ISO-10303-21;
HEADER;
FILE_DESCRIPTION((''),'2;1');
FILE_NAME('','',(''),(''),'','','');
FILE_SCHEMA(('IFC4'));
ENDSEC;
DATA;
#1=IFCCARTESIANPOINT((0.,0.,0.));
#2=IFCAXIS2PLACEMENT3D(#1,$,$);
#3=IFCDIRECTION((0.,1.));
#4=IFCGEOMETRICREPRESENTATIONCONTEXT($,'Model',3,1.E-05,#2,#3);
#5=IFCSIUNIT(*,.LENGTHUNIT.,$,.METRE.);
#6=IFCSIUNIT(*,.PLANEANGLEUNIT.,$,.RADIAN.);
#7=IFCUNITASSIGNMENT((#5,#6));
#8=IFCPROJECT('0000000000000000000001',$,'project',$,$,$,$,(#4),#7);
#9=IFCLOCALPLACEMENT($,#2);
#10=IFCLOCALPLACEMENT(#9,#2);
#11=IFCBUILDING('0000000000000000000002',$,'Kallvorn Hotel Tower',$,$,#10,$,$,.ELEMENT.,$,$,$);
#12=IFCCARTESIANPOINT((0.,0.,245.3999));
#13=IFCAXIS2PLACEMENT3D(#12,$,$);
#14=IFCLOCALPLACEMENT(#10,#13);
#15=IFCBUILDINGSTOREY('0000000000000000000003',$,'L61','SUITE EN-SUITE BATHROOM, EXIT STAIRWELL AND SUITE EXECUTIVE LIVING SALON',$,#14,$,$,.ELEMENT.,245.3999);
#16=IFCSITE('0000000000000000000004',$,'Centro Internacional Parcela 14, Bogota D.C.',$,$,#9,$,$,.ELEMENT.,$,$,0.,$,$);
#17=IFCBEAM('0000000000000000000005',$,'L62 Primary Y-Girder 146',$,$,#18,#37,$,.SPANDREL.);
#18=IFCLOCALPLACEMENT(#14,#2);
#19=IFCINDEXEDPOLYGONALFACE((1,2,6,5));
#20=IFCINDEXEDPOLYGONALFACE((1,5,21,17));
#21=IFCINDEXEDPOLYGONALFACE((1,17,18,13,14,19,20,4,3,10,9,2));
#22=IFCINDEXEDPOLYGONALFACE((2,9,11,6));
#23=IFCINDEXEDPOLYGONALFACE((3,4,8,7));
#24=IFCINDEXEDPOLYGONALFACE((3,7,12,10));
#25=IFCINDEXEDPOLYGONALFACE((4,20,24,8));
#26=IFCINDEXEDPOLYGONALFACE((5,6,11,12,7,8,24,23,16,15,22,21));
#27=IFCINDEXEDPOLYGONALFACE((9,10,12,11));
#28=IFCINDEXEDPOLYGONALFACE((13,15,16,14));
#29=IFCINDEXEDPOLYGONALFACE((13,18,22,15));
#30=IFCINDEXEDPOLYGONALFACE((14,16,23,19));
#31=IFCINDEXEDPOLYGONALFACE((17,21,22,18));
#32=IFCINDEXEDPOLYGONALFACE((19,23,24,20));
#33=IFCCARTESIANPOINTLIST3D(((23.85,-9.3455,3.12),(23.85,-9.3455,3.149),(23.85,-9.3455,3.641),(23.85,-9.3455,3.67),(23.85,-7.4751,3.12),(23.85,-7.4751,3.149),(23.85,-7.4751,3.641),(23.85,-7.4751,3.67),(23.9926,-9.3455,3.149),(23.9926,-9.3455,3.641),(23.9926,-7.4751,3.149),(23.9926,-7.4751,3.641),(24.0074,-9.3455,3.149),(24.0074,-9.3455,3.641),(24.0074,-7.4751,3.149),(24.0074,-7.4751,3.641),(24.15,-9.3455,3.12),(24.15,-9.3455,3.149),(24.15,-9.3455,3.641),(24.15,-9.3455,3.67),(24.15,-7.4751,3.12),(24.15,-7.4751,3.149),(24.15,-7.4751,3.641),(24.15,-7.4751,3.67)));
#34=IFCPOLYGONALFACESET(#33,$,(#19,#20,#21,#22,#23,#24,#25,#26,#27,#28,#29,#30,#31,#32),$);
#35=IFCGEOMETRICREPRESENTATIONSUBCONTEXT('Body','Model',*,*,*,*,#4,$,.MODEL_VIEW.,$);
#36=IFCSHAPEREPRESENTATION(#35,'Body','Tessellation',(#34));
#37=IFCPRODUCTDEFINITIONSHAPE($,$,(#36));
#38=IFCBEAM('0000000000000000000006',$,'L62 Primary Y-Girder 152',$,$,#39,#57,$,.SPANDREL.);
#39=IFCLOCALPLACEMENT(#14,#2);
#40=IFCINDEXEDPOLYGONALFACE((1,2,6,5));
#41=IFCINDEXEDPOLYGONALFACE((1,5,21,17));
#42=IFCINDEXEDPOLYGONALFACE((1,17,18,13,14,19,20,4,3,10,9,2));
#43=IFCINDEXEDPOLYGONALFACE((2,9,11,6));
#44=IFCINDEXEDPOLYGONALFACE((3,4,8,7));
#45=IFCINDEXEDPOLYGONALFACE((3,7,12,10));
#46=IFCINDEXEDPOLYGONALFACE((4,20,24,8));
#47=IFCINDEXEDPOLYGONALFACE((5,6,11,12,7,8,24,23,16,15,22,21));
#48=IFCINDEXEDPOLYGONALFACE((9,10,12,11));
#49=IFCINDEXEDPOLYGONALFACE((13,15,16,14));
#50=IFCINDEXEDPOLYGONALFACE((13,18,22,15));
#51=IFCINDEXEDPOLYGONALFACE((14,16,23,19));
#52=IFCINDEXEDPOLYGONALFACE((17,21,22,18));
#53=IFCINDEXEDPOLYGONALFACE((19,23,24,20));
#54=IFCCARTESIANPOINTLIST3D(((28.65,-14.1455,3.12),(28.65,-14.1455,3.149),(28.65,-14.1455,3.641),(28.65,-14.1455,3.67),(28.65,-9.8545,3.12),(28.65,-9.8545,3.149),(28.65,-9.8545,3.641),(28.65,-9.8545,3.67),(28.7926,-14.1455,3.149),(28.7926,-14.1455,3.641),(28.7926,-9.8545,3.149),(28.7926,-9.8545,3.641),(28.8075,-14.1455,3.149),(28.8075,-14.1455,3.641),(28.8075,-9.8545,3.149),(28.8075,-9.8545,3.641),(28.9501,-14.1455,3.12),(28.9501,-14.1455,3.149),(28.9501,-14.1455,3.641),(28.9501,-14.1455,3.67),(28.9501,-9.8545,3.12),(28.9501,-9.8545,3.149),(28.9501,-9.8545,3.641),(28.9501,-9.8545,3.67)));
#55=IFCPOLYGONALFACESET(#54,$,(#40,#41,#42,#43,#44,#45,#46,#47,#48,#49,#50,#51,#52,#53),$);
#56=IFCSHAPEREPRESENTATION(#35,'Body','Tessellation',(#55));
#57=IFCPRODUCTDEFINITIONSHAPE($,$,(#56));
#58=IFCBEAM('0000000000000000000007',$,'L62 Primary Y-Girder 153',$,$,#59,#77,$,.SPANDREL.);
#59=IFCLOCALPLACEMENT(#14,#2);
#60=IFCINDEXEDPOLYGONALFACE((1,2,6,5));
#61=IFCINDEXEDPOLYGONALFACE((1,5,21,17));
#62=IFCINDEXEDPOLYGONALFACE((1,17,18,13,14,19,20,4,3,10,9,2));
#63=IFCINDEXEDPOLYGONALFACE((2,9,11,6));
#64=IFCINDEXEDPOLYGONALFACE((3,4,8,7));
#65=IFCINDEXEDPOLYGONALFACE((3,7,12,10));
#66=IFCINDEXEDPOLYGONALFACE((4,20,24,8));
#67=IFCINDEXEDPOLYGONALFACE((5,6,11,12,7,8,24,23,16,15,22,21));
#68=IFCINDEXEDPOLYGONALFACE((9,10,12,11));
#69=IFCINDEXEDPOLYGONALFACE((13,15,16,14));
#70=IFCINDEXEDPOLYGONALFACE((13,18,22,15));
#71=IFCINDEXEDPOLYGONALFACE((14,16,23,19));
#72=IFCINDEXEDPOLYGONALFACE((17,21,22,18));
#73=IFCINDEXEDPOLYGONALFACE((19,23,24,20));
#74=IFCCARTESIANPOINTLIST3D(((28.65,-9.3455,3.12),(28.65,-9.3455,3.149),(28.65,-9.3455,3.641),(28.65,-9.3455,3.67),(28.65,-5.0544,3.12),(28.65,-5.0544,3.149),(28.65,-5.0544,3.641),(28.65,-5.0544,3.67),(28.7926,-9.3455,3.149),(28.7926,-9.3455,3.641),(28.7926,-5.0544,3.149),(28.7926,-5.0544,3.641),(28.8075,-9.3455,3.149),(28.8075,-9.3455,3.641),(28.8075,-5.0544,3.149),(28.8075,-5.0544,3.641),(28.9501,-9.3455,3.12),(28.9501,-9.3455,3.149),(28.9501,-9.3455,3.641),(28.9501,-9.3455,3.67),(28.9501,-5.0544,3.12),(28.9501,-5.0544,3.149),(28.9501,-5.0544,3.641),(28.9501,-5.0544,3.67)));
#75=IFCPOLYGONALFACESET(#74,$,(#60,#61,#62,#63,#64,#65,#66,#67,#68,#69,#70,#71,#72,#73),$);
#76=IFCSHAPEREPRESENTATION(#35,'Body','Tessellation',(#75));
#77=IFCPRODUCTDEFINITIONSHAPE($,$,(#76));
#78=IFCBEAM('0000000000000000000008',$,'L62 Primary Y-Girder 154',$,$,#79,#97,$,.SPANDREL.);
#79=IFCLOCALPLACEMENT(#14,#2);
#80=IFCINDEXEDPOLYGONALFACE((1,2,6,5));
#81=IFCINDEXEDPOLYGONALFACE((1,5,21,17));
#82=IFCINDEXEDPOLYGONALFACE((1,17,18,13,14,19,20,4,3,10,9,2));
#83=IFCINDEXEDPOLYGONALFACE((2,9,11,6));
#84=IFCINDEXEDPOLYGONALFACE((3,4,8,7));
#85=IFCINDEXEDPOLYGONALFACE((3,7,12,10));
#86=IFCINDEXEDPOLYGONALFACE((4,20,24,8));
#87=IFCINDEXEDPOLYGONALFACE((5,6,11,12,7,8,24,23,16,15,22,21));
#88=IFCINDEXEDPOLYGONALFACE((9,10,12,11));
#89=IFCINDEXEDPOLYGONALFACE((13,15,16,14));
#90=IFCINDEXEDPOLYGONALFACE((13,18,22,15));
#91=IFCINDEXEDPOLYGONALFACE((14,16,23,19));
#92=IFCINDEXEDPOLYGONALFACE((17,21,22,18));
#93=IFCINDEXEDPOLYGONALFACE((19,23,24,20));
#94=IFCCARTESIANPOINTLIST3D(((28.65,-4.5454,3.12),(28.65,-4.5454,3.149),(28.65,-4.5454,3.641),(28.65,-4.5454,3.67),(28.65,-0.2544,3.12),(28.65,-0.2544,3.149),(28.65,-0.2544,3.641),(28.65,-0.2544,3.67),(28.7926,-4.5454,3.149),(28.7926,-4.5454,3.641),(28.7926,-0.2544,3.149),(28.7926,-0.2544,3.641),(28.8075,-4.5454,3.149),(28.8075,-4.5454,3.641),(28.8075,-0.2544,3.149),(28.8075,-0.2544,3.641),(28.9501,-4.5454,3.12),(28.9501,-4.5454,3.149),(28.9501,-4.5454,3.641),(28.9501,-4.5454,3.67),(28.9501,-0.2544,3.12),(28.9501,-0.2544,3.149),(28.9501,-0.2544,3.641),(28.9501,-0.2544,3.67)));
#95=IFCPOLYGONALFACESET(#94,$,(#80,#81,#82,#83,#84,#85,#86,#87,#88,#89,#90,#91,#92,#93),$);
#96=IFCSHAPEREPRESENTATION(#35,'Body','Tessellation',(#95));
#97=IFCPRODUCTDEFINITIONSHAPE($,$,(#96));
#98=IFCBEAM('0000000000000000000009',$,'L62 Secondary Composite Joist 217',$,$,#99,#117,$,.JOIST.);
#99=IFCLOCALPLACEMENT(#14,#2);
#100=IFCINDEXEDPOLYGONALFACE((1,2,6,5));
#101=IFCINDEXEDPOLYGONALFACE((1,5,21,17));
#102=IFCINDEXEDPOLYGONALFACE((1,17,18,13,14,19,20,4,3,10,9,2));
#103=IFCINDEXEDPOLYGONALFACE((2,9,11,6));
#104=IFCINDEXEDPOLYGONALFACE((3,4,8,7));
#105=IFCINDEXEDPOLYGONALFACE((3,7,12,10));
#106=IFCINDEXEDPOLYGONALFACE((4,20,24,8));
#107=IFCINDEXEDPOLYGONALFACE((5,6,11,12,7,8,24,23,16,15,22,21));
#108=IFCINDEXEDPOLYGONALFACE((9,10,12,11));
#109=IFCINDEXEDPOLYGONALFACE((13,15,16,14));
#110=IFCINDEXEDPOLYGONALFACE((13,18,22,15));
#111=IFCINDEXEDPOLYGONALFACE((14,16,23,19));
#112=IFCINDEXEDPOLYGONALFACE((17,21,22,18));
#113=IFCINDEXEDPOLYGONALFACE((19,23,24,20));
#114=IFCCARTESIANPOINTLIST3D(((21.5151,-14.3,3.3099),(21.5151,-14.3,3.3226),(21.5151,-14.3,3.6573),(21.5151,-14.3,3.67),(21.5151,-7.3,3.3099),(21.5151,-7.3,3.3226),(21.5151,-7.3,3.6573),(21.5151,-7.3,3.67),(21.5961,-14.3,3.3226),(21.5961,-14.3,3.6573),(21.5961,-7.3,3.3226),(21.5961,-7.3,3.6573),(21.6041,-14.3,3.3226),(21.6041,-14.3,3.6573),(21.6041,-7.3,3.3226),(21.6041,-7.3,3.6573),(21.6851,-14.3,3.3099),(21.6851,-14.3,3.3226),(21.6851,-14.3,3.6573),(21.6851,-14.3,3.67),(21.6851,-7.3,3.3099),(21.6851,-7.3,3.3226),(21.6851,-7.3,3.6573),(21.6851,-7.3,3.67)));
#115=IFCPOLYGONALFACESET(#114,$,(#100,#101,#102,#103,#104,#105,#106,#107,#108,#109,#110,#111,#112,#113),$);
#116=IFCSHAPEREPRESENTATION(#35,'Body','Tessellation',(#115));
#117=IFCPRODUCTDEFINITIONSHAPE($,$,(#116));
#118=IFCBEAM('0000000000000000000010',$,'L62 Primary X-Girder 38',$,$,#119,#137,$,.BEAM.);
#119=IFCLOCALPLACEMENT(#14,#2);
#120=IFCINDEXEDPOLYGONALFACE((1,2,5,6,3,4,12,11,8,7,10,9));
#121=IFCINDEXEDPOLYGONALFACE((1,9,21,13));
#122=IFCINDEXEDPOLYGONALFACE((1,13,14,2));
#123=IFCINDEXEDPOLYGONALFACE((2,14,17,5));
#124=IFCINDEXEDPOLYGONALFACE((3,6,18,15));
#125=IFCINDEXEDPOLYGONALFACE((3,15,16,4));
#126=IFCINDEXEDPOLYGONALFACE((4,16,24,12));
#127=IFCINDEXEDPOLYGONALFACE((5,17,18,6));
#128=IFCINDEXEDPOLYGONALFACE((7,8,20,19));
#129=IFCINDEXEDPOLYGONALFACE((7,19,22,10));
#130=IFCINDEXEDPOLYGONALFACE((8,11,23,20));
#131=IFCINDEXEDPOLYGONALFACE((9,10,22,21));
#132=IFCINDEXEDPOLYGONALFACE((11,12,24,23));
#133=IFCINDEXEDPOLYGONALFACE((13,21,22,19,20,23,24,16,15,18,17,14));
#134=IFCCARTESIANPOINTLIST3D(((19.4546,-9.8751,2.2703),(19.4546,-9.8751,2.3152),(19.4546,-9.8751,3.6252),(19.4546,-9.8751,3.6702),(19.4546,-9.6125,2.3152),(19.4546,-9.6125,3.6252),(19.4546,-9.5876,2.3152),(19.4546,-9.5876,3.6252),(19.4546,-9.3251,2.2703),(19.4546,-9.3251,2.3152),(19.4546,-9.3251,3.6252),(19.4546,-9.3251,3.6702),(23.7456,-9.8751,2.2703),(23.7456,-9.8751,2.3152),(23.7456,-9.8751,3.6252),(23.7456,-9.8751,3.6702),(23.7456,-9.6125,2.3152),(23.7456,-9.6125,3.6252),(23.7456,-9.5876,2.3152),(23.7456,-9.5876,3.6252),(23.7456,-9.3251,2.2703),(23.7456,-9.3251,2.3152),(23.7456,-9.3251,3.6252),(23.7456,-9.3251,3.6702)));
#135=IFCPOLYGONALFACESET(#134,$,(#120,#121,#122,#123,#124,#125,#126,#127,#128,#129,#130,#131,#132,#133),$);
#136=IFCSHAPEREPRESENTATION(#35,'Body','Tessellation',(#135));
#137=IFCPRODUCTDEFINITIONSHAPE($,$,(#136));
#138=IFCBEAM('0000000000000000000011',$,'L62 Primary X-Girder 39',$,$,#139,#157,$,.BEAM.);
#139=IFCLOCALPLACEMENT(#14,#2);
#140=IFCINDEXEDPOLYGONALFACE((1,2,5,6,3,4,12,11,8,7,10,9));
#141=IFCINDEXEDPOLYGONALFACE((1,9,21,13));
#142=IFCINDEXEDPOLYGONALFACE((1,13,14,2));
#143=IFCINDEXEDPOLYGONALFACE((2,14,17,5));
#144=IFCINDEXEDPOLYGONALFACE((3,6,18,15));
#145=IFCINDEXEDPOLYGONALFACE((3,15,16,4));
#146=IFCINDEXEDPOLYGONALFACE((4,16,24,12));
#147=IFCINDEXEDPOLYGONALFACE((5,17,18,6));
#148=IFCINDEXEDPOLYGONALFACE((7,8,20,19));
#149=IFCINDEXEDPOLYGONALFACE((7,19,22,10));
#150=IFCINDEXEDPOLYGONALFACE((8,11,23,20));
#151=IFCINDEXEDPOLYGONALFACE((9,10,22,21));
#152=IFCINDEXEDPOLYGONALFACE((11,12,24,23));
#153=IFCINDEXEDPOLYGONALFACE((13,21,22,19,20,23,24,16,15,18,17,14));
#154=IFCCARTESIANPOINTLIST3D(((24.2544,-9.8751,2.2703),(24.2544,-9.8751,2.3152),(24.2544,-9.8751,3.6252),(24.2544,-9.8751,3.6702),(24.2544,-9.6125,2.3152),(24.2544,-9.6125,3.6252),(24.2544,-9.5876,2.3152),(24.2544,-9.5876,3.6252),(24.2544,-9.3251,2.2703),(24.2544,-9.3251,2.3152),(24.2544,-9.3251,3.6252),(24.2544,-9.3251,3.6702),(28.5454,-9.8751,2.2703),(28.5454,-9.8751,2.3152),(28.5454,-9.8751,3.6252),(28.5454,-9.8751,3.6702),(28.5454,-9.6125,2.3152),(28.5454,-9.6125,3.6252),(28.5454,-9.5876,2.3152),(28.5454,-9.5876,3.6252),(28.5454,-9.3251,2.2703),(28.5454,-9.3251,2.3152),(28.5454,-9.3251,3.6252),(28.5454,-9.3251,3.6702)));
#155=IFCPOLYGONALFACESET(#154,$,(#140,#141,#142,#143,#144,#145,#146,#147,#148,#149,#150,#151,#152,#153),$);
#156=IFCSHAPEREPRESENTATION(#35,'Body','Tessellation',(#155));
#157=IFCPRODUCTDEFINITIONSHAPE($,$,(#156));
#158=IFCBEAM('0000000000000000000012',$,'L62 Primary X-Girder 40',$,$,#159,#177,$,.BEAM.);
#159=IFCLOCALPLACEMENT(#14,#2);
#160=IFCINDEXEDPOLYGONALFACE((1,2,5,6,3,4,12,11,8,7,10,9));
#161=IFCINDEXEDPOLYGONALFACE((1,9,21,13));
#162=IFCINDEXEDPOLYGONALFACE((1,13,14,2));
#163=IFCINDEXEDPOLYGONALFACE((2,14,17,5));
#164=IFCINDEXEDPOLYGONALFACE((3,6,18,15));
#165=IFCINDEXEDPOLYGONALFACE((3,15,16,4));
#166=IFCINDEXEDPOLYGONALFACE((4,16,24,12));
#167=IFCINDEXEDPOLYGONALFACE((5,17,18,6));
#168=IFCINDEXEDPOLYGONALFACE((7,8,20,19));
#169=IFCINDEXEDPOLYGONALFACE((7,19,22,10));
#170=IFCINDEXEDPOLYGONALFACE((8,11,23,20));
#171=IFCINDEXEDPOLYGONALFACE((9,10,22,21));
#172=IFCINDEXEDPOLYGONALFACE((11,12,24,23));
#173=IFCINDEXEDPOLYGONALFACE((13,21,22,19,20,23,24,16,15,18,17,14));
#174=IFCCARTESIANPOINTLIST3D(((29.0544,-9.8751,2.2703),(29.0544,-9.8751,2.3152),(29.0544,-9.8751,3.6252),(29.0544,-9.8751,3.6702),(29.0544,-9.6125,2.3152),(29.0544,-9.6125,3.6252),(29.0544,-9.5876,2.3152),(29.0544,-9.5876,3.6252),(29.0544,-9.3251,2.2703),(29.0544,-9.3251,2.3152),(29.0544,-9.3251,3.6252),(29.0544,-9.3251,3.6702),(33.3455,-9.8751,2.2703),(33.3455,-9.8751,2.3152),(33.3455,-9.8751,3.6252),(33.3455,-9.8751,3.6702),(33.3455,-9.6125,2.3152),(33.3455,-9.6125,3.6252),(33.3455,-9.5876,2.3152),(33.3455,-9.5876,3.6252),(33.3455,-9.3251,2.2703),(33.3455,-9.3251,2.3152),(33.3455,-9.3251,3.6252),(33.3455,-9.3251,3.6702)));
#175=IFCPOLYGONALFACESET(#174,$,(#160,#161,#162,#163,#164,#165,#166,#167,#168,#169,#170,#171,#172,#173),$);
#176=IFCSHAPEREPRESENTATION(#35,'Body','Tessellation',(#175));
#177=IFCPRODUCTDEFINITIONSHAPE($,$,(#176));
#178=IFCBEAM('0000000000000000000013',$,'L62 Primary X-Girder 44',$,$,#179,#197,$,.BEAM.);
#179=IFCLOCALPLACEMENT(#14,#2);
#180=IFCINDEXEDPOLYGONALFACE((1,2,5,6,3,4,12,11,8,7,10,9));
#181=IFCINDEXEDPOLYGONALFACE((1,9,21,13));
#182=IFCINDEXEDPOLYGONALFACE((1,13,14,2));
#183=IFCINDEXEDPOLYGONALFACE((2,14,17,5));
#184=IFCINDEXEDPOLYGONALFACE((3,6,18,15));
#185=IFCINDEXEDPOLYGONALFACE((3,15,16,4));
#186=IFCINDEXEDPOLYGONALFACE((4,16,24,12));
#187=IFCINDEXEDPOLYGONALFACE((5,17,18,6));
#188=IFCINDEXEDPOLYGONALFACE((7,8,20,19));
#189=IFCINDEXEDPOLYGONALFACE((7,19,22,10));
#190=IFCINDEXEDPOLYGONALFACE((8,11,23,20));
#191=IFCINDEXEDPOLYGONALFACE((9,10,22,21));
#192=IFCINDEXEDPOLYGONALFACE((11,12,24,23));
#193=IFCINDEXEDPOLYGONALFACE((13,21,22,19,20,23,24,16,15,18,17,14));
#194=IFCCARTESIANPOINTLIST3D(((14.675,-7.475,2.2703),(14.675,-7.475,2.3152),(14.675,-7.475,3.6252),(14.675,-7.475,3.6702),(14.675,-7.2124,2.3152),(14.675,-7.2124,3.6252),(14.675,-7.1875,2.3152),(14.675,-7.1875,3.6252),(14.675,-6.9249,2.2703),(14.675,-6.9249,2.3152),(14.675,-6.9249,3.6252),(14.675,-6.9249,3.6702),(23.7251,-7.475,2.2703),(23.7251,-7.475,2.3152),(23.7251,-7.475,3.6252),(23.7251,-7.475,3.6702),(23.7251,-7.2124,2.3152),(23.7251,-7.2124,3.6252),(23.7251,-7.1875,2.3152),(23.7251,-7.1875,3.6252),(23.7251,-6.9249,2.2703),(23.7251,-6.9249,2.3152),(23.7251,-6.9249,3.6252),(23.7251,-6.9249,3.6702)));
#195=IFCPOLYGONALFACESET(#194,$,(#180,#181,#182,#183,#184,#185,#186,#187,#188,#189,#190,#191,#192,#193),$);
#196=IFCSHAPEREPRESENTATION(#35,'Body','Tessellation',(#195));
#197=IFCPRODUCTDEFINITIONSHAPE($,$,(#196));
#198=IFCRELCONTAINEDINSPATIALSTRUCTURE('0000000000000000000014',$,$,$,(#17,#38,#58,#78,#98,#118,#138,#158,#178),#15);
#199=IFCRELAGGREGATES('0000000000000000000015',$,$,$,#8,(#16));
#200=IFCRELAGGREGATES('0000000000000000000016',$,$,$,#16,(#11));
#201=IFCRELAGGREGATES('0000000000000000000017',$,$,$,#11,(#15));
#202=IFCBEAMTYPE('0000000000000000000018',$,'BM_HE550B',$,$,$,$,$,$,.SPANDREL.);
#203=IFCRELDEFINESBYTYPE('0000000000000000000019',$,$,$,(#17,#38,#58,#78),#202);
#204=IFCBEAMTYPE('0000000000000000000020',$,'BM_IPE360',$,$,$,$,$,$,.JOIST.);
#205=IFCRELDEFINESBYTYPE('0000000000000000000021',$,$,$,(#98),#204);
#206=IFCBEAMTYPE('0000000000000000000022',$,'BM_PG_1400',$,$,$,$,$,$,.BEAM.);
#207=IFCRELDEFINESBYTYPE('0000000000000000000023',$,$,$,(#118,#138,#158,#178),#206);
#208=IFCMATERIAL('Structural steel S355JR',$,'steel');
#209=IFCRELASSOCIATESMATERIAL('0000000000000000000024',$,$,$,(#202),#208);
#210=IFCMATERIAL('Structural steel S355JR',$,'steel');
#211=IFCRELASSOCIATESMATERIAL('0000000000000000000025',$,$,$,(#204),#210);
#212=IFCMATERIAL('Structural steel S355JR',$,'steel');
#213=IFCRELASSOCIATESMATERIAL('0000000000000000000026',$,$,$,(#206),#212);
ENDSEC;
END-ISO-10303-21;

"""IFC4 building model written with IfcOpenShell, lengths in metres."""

from ifc_helpers import new_model, si_unit, direction, frame, origin, origin_2d, place, context, subcontext, project, spatial, i_section, extrude, material, material_profile, profile_set, type_object, element, save


model = new_model("IFC4")

# Units and contexts
model_context = context("Model", 3, precision=1e-05, world=origin(), true_north=direction((0.0, 1.0)))
body_context = subcontext(model_context, "Body", "Model", "MODEL_VIEW")
ifc_project = project(units=[si_unit("LENGTHUNIT", "METRE"), si_unit("PLANEANGLEUNIT", "RADIAN")], contexts=[model_context])

# Site, building, storey
site_placement = place(None, origin())
site = spatial("IfcSite", under=ifc_project, at=site_placement, Name="Centro Internacional Parcela 14, Bogota D.C.", CompositionType="ELEMENT", RefElevation=0.0)
building_placement = place(site_placement, origin())
building = spatial("IfcBuilding", under=site, at=building_placement, Name="Kallvorn Hotel Tower", CompositionType="ELEMENT")
storey_placement = place(building_placement, frame((0.0, 0.0, 245.3999)))
storey = spatial("IfcBuildingStorey", under=building, at=storey_placement, Name="L61", Description="SUITE EN-SUITE BATHROOM, EXIT STAIRWELL AND SUITE EXECUTIVE LIVING SALON", CompositionType="ELEMENT", Elevation=245.3999)

# Beams
ifc_material_1 = material(Name="Structural steel S355JR", Category="steel")
ifc_material_profile_1 = material_profile(ifc_material_1, i_section(OverallWidth=0.3, OverallDepth=0.55, WebThickness=0.0149, FlangeThickness=0.0291, at=origin_2d()), Name="HE 550 B")
ifc_profile_set_1 = profile_set([ifc_material_profile_1], Name="Structural steel S355JR")
beam_type_1 = type_object("IfcBeamType", Name="BM_HE550B", PredefinedType="SPANDREL", material=ifc_profile_set_1)
beam_1_placement = place(storey_placement, frame((24.0, -9.3455, 3.395), z_axis=(0.0, 1.0, 0.0), x_axis=(-1.0, 0.0, 0.0)))
element("IfcBeam", 1, at=beam_1_placement, inside=storey, type_object=beam_type_1, Name="L62 Primary Y-Girder 146", PredefinedType="SPANDREL", context=body_context, shape_type="SweptSolid", body=[
    extrude(i_section(OverallWidth=0.3, OverallDepth=0.55, WebThickness=0.0149, FlangeThickness=0.0291, at=origin_2d()), origin(), (0.0, 0.0, 1.0), 1.8704),
])
for number, where, z_axis, x_axis, name in (
    (2, (28.8, -14.1455, 3.395), (0.0, 1.0, 0.0), (-1.0, 0.0, 0.0), "L62 Primary Y-Girder 152"),
    (3, (28.8, -9.3455, 3.395), (0.0, 1.0, 0.0), (-1.0, 0.0, 0.0), "L62 Primary Y-Girder 153"),
    (4, (28.8, -4.5454, 3.395), (0.0, 1.0, 0.0), (-1.0, 0.0, 0.0), "L62 Primary Y-Girder 154"),
):
    element("IfcBeam", number, at=place(storey_placement, frame(where, z_axis=z_axis, x_axis=x_axis)), inside=storey, type_object=beam_type_1, Name=name, PredefinedType="SPANDREL", context=body_context, shape_type="SweptSolid", body=[
        extrude(i_section(OverallWidth=0.3, OverallDepth=0.55, WebThickness=0.0149, FlangeThickness=0.0291, at=origin_2d()), origin(), (0.0, 0.0, 1.0), 4.291),
    ])
ifc_material_2 = material(Name="Structural steel S355JR", Category="steel")
ifc_material_profile_2 = material_profile(ifc_material_2, i_section(OverallWidth=0.1699, OverallDepth=0.3601, WebThickness=0.0081, FlangeThickness=0.0127, at=origin_2d()), Name="IPE 360")
ifc_profile_set_2 = profile_set([ifc_material_profile_2], Name="Structural steel S355JR")
beam_type_2 = type_object("IfcBeamType", Name="BM_IPE360", PredefinedType="JOIST", material=ifc_profile_set_2)
beam_2_placement = place(storey_placement, frame((21.6001, -14.3, 3.49), z_axis=(0.0, 1.0, 0.0), x_axis=(-1.0, 0.0, 0.0)))
element("IfcBeam", 5, at=beam_2_placement, inside=storey, type_object=beam_type_2, Name="L62 Secondary Composite Joist 217", PredefinedType="JOIST", context=body_context, shape_type="SweptSolid", body=[
    extrude(i_section(OverallWidth=0.1699, OverallDepth=0.3601, WebThickness=0.0081, FlangeThickness=0.0127, at=origin_2d()), origin(), (0.0, 0.0, 1.0), 7.0),
])
ifc_material_3 = material(Name="Structural steel S355JR", Category="steel")
ifc_material_profile_3 = material_profile(ifc_material_3, i_section(OverallWidth=0.55, OverallDepth=1.3999, WebThickness=0.0249, FlangeThickness=0.0449, at=origin_2d()), Name="PG 1400x550x25x45")
ifc_profile_set_3 = profile_set([ifc_material_profile_3], Name="Structural steel S355JR")
beam_type_3 = type_object("IfcBeamType", Name="BM_PG_1400", PredefinedType="BEAM", material=ifc_profile_set_3)
for number, where, z_axis, x_axis, name in (
    (6, (19.4546, -9.6001, 2.9702), (1.0, 0.0, 0.0), (0.0, 1.0, 0.0), "L62 Primary X-Girder 38"),
    (7, (24.2544, -9.6001, 2.9702), (1.0, 0.0, 0.0), (0.0, 1.0, 0.0), "L62 Primary X-Girder 39"),
    (8, (29.0544, -9.6001, 2.9702), (1.0, 0.0, 0.0), (0.0, 1.0, 0.0), "L62 Primary X-Girder 40"),
):
    element("IfcBeam", number, at=place(storey_placement, frame(where, z_axis=z_axis, x_axis=x_axis)), inside=storey, type_object=beam_type_3, Name=name, PredefinedType="BEAM", context=body_context, shape_type="SweptSolid", body=[
        extrude(i_section(OverallWidth=0.55, OverallDepth=1.3999, WebThickness=0.0249, FlangeThickness=0.0449, at=origin_2d()), origin(), (0.0, 0.0, 1.0), 4.291),
    ])
beam_3_placement = place(storey_placement, frame((14.675, -7.2, 2.9702), z_axis=(1.0, 0.0, 0.0), x_axis=(0.0, 1.0, 0.0)))
element("IfcBeam", 9, at=beam_3_placement, inside=storey, type_object=beam_type_3, Name="L62 Primary X-Girder 44", PredefinedType="BEAM", context=body_context, shape_type="SweptSolid", body=[
    extrude(i_section(OverallWidth=0.55, OverallDepth=1.3999, WebThickness=0.0249, FlangeThickness=0.0449, at=origin_2d()), origin(), (0.0, 0.0, 1.0), 9.05),
])

save(model, "model.ifc")
